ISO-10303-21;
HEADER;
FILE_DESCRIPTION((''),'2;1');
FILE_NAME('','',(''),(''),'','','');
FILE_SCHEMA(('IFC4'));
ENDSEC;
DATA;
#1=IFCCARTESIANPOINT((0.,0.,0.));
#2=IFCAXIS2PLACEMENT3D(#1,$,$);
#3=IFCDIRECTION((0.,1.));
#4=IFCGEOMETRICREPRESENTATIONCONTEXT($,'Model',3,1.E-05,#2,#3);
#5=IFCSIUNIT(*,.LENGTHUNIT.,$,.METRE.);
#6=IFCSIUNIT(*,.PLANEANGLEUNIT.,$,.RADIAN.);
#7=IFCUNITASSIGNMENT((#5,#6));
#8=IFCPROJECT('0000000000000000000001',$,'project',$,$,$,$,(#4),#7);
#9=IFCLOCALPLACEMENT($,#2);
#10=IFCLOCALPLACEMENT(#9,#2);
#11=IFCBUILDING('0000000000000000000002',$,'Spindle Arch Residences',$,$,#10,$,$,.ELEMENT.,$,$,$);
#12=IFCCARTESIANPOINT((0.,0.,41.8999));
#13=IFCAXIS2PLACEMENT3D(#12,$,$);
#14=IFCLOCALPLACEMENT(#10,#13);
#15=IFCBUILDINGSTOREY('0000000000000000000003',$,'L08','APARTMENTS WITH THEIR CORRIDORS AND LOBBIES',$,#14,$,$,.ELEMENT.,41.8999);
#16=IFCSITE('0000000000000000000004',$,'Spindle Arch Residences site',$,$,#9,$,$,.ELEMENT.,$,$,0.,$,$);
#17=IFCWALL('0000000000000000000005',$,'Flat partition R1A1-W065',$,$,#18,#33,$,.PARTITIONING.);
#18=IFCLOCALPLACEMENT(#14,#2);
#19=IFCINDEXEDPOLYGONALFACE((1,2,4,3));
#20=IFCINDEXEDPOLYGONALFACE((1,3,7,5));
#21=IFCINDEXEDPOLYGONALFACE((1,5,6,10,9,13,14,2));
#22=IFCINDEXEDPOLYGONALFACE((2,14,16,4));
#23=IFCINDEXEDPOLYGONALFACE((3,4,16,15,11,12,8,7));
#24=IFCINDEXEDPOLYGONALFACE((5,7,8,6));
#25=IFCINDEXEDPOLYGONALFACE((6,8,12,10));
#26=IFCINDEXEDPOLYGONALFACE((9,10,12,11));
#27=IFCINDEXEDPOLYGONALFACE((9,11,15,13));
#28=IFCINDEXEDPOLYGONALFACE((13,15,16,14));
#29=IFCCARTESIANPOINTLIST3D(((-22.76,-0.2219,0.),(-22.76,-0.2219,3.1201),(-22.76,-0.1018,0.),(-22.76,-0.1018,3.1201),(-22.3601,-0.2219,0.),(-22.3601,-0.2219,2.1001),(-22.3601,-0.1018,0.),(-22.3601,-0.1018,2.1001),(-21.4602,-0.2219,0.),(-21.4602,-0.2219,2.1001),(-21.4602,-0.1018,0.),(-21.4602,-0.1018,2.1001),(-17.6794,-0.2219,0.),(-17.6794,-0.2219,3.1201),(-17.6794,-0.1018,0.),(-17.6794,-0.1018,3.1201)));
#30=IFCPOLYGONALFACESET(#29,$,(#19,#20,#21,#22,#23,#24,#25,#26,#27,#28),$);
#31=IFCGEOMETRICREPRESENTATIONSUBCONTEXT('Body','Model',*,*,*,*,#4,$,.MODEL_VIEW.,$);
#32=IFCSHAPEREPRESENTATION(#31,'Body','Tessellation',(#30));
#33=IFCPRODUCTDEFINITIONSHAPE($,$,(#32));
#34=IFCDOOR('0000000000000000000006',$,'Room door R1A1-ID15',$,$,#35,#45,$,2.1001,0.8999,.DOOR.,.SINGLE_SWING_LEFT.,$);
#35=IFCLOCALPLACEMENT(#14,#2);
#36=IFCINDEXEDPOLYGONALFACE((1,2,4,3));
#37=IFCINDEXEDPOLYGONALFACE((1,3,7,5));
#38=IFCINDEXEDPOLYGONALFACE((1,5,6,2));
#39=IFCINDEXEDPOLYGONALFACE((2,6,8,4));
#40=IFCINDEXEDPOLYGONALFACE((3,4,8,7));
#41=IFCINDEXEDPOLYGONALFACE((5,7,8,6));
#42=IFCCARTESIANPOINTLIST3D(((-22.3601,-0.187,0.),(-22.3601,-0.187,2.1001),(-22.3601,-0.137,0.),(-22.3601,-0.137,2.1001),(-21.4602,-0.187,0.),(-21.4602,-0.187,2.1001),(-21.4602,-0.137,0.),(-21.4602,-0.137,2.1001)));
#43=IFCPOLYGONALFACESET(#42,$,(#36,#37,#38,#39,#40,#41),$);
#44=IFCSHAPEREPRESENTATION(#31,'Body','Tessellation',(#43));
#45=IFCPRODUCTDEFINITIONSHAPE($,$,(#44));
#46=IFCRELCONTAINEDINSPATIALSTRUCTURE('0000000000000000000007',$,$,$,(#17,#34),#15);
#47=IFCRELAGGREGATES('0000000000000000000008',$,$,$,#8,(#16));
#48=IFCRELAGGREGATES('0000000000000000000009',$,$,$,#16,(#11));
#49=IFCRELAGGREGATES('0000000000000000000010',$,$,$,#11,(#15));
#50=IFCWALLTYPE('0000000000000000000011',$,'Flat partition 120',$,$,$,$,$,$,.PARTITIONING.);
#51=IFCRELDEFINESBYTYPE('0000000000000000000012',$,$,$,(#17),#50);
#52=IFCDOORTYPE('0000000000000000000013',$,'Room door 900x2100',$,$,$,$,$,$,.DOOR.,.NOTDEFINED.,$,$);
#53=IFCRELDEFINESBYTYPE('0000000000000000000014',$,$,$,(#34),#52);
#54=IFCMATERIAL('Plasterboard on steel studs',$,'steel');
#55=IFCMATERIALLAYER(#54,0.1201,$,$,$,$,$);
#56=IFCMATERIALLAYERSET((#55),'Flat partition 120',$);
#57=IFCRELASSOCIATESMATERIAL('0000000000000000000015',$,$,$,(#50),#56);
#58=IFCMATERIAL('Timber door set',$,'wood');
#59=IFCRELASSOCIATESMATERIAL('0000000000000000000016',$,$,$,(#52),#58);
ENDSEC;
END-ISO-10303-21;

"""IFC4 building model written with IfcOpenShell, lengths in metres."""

from ifc_helpers import new_model, si_unit, direction, frame, frame_2d, origin, place, context, subcontext, project, spatial, rectangle, extrude, material, layer, layer_set, type_object, element, fill, save


model = new_model("IFC4")

# Units and contexts
model_context = context("Model", 3, precision=1e-05, world=origin(), true_north=direction((0.0, 1.0)))
body_context = subcontext(model_context, "Body", "Model", "MODEL_VIEW")
ifc_project = project(units=[si_unit("LENGTHUNIT", "METRE"), si_unit("PLANEANGLEUNIT", "RADIAN")], contexts=[model_context])

# Site, building, storey
site_placement = place(None, origin())
site = spatial("IfcSite", under=ifc_project, at=site_placement, Name="Spindle Arch Residences site", CompositionType="ELEMENT", RefElevation=0.0)
building_placement = place(site_placement, origin())
building = spatial("IfcBuilding", under=site, at=building_placement, Name="Spindle Arch Residences", CompositionType="ELEMENT")
storey_placement = place(building_placement, frame((0.0, 0.0, 41.8999)))
storey = spatial("IfcBuildingStorey", under=building, at=storey_placement, Name="L08", Description="APARTMENTS WITH THEIR CORRIDORS AND LOBBIES", CompositionType="ELEMENT", Elevation=41.8999)

# Wall, opening, door
ifc_material_1 = material(Name="Plasterboard on steel studs", Category="steel")
ifc_layer_1 = layer(ifc_material_1, 0.1201)
ifc_layer_set_1 = layer_set([ifc_layer_1], Name="Flat partition 120")
wall_type = type_object("IfcWallType", Name="Flat partition 120", PredefinedType="PARTITIONING", material=ifc_layer_set_1)
wall_placement = place(storey_placement, frame((-22.76, -0.1619, 0.0), z_axis=(0.0, 0.0, 1.0), x_axis=(1.0, 0.0, 0.0)))
wall = element("IfcWall", 1, at=wall_placement, inside=storey, type_object=wall_type, Name="Flat partition R1A1-W065", PredefinedType="PARTITIONING", context=body_context, shape_type="SweptSolid", body=[
    extrude(rectangle(XDim=5.0806, YDim=0.1201, at=frame_2d((2.5403, 0.0))), origin(), (0.0, 0.0, 1.0), 3.1201),
])
opening_placement = place(wall_placement, frame((0.3999, 0.0, 0.0)))
opening = element("IfcOpeningElement", 2, at=opening_placement, cuts=wall, PredefinedType="OPENING", context=body_context, shape_type="SweptSolid", body=[
    extrude(rectangle(XDim=0.8999, YDim=2.1001, at=frame_2d((0.45, 1.05))), frame((0.0, 0.0701, 0.0), z_axis=(0.0, -1.0, 0.0), x_axis=(1.0, 0.0, 0.0)), (0.0, 0.0, 1.0), 0.1401),
])
ifc_material_2 = material(Name="Timber door set", Category="wood")
door_type = type_object("IfcDoorType", Name="Room door 900x2100", OperationType="NOTDEFINED", PredefinedType="DOOR", material=ifc_material_2)
door_placement = place(opening_placement, origin())
door = element("IfcDoor", 3, at=door_placement, inside=storey, type_object=door_type, Name="Room door R1A1-ID15", OperationType="SINGLE_SWING_LEFT", OverallHeight=2.1001, OverallWidth=0.8999, PredefinedType="DOOR", context=body_context, shape_type="SweptSolid", body=[
    extrude(rectangle(XDim=0.8999, YDim=2.1001, at=frame_2d((0.45, 1.05))), frame((0.0, 0.0249, 0.0), z_axis=(0.0, -1.0, 0.0), x_axis=(1.0, 0.0, 0.0)), (0.0, 0.0, 1.0), 0.05),
])
fill(opening, door)

save(model, "model.ifc")
